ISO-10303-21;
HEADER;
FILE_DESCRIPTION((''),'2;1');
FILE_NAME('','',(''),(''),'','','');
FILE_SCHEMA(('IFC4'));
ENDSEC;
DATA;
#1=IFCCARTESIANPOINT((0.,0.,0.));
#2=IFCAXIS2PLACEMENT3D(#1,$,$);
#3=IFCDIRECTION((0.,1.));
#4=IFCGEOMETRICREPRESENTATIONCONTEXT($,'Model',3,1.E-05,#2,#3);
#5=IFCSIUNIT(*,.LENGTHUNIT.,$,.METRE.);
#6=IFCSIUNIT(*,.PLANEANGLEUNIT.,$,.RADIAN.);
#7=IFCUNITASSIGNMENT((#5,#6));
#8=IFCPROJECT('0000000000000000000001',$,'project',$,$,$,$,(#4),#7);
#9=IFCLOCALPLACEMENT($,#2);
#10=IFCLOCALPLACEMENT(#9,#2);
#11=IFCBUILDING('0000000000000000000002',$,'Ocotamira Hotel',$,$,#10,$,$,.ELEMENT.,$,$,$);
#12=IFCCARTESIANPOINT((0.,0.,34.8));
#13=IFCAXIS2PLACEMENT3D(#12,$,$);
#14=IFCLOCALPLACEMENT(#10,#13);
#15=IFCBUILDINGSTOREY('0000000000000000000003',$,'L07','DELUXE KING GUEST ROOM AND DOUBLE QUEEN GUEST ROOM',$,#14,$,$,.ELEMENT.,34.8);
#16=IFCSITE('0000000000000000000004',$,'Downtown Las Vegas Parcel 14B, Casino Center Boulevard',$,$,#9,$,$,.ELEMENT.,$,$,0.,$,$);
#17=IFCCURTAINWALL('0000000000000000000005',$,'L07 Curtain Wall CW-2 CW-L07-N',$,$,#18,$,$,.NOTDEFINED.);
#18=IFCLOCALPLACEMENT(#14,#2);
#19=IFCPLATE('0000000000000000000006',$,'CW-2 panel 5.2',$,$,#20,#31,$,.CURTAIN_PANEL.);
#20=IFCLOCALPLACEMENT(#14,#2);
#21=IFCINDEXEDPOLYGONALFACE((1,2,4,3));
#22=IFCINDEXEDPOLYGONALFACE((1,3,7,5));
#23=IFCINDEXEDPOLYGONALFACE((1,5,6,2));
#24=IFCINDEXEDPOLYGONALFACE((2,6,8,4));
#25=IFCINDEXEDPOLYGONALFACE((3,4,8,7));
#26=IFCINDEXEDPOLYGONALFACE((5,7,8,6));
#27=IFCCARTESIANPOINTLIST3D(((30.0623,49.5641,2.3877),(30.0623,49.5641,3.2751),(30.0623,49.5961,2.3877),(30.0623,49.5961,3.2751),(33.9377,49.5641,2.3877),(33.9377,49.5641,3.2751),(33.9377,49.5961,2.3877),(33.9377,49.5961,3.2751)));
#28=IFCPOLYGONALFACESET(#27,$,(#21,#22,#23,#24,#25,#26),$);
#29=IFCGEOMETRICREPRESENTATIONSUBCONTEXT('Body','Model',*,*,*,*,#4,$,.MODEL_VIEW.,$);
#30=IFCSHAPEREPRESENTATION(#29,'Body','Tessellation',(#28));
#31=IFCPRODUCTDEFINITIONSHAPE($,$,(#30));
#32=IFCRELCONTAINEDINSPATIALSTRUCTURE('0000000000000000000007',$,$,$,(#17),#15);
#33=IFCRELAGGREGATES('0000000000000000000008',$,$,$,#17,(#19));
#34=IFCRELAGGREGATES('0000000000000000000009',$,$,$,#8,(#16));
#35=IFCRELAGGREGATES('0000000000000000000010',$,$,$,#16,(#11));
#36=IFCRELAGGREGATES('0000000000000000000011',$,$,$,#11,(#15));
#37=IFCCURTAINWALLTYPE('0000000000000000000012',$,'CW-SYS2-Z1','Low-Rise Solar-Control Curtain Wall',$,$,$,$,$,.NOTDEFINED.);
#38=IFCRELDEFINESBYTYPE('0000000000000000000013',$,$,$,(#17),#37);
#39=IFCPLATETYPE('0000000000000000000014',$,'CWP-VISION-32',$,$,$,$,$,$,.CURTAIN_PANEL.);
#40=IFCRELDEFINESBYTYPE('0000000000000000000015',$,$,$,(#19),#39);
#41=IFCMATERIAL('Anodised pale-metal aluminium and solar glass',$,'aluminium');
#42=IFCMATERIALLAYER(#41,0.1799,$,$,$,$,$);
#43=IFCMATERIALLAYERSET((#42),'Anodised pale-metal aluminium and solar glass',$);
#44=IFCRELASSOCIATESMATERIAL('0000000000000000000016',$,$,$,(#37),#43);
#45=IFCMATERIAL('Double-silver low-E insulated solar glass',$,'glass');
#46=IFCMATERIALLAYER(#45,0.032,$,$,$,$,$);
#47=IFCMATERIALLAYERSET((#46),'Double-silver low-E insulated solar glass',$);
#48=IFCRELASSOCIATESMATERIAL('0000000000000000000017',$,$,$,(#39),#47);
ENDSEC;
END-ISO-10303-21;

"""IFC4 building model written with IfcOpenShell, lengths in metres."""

from ifc_helpers import new_model, si_unit, direction, frame, origin, origin_2d, place, context, subcontext, project, spatial, rectangle, extrude, source, transform, mapped, material, layer, layer_set, type_object, element, aggregate, save


model = new_model("IFC4")

# Units and contexts
model_context = context("Model", 3, precision=1e-05, world=origin(), true_north=direction((0.0, 1.0)))
body_context = subcontext(model_context, "Body", "Model", "MODEL_VIEW")
ifc_project = project(units=[si_unit("LENGTHUNIT", "METRE"), si_unit("PLANEANGLEUNIT", "RADIAN")], contexts=[model_context])

# Site, building, storey
site_placement = place(None, origin())
site = spatial("IfcSite", under=ifc_project, at=site_placement, Name="Downtown Las Vegas Parcel 14B, Casino Center Boulevard", CompositionType="ELEMENT", RefElevation=0.0)
building_placement = place(site_placement, origin())
building = spatial("IfcBuilding", under=site, at=building_placement, Name="Ocotamira Hotel", CompositionType="ELEMENT")
storey_placement = place(building_placement, frame((0.0, 0.0, 34.8)))
storey = spatial("IfcBuildingStorey", under=building, at=storey_placement, Name="L07", Description="DELUXE KING GUEST ROOM AND DOUBLE QUEEN GUEST ROOM", CompositionType="ELEMENT", Elevation=34.8)

# Curtain wall
ifc_material_1 = material(Name="Anodised pale-metal aluminium and solar glass", Category="aluminium")
ifc_layer_1 = layer(ifc_material_1, 0.1799)
ifc_layer_set_1 = layer_set([ifc_layer_1], Name="Anodised pale-metal aluminium and solar glass")
curtain_wall_type = type_object("IfcCurtainWallType", Name="CW-SYS2-Z1", Description="Low-Rise Solar-Control Curtain Wall", PredefinedType="NOTDEFINED", material=ifc_layer_set_1)
curtain_wall_placement = place(storey_placement, origin())
curtain_wall = element("IfcCurtainWall", 1, at=curtain_wall_placement, inside=storey, type_object=curtain_wall_type, Name="L07 Curtain Wall CW-2 CW-L07-N", PredefinedType="NOTDEFINED")

# Plate
ifc_material_2 = material(Name="Double-silver low-E insulated solar glass", Category="glass")
ifc_layer_2 = layer(ifc_material_2, 0.032)
ifc_layer_set_2 = layer_set([ifc_layer_2], Name="Double-silver low-E insulated solar glass")
plate_type_1 = type_object("IfcPlateType", Name="CWP-VISION-32", PredefinedType="CURTAIN_PANEL", material=ifc_layer_set_2)
shared_shape_1 = source(origin(), body_context, "Body", "SweptSolid", [
    extrude(rectangle(XDim=3.8755, YDim=0.032, at=origin_2d()), origin(), (0.0, 0.0, 1.0), 0.8875),
])
plate_1_placement = place(storey_placement, frame((32.0, 49.5801, 2.3877), z_axis=(0.0, 0.0, 1.0), x_axis=(1.0, 0.0, 0.0)))
plate_1 = element("IfcPlate", 2, at=plate_1_placement, type_object=plate_type_1, Name="CW-2 panel 5.2", PredefinedType="CURTAIN_PANEL", context=body_context, shape_type="MappedRepresentation", body=[
    mapped(shared_shape_1, transform((0.0, 0.0, 0.0), scale=1.0)),
])
aggregate(curtain_wall, [plate_1])

save(model, "model.ifc")
